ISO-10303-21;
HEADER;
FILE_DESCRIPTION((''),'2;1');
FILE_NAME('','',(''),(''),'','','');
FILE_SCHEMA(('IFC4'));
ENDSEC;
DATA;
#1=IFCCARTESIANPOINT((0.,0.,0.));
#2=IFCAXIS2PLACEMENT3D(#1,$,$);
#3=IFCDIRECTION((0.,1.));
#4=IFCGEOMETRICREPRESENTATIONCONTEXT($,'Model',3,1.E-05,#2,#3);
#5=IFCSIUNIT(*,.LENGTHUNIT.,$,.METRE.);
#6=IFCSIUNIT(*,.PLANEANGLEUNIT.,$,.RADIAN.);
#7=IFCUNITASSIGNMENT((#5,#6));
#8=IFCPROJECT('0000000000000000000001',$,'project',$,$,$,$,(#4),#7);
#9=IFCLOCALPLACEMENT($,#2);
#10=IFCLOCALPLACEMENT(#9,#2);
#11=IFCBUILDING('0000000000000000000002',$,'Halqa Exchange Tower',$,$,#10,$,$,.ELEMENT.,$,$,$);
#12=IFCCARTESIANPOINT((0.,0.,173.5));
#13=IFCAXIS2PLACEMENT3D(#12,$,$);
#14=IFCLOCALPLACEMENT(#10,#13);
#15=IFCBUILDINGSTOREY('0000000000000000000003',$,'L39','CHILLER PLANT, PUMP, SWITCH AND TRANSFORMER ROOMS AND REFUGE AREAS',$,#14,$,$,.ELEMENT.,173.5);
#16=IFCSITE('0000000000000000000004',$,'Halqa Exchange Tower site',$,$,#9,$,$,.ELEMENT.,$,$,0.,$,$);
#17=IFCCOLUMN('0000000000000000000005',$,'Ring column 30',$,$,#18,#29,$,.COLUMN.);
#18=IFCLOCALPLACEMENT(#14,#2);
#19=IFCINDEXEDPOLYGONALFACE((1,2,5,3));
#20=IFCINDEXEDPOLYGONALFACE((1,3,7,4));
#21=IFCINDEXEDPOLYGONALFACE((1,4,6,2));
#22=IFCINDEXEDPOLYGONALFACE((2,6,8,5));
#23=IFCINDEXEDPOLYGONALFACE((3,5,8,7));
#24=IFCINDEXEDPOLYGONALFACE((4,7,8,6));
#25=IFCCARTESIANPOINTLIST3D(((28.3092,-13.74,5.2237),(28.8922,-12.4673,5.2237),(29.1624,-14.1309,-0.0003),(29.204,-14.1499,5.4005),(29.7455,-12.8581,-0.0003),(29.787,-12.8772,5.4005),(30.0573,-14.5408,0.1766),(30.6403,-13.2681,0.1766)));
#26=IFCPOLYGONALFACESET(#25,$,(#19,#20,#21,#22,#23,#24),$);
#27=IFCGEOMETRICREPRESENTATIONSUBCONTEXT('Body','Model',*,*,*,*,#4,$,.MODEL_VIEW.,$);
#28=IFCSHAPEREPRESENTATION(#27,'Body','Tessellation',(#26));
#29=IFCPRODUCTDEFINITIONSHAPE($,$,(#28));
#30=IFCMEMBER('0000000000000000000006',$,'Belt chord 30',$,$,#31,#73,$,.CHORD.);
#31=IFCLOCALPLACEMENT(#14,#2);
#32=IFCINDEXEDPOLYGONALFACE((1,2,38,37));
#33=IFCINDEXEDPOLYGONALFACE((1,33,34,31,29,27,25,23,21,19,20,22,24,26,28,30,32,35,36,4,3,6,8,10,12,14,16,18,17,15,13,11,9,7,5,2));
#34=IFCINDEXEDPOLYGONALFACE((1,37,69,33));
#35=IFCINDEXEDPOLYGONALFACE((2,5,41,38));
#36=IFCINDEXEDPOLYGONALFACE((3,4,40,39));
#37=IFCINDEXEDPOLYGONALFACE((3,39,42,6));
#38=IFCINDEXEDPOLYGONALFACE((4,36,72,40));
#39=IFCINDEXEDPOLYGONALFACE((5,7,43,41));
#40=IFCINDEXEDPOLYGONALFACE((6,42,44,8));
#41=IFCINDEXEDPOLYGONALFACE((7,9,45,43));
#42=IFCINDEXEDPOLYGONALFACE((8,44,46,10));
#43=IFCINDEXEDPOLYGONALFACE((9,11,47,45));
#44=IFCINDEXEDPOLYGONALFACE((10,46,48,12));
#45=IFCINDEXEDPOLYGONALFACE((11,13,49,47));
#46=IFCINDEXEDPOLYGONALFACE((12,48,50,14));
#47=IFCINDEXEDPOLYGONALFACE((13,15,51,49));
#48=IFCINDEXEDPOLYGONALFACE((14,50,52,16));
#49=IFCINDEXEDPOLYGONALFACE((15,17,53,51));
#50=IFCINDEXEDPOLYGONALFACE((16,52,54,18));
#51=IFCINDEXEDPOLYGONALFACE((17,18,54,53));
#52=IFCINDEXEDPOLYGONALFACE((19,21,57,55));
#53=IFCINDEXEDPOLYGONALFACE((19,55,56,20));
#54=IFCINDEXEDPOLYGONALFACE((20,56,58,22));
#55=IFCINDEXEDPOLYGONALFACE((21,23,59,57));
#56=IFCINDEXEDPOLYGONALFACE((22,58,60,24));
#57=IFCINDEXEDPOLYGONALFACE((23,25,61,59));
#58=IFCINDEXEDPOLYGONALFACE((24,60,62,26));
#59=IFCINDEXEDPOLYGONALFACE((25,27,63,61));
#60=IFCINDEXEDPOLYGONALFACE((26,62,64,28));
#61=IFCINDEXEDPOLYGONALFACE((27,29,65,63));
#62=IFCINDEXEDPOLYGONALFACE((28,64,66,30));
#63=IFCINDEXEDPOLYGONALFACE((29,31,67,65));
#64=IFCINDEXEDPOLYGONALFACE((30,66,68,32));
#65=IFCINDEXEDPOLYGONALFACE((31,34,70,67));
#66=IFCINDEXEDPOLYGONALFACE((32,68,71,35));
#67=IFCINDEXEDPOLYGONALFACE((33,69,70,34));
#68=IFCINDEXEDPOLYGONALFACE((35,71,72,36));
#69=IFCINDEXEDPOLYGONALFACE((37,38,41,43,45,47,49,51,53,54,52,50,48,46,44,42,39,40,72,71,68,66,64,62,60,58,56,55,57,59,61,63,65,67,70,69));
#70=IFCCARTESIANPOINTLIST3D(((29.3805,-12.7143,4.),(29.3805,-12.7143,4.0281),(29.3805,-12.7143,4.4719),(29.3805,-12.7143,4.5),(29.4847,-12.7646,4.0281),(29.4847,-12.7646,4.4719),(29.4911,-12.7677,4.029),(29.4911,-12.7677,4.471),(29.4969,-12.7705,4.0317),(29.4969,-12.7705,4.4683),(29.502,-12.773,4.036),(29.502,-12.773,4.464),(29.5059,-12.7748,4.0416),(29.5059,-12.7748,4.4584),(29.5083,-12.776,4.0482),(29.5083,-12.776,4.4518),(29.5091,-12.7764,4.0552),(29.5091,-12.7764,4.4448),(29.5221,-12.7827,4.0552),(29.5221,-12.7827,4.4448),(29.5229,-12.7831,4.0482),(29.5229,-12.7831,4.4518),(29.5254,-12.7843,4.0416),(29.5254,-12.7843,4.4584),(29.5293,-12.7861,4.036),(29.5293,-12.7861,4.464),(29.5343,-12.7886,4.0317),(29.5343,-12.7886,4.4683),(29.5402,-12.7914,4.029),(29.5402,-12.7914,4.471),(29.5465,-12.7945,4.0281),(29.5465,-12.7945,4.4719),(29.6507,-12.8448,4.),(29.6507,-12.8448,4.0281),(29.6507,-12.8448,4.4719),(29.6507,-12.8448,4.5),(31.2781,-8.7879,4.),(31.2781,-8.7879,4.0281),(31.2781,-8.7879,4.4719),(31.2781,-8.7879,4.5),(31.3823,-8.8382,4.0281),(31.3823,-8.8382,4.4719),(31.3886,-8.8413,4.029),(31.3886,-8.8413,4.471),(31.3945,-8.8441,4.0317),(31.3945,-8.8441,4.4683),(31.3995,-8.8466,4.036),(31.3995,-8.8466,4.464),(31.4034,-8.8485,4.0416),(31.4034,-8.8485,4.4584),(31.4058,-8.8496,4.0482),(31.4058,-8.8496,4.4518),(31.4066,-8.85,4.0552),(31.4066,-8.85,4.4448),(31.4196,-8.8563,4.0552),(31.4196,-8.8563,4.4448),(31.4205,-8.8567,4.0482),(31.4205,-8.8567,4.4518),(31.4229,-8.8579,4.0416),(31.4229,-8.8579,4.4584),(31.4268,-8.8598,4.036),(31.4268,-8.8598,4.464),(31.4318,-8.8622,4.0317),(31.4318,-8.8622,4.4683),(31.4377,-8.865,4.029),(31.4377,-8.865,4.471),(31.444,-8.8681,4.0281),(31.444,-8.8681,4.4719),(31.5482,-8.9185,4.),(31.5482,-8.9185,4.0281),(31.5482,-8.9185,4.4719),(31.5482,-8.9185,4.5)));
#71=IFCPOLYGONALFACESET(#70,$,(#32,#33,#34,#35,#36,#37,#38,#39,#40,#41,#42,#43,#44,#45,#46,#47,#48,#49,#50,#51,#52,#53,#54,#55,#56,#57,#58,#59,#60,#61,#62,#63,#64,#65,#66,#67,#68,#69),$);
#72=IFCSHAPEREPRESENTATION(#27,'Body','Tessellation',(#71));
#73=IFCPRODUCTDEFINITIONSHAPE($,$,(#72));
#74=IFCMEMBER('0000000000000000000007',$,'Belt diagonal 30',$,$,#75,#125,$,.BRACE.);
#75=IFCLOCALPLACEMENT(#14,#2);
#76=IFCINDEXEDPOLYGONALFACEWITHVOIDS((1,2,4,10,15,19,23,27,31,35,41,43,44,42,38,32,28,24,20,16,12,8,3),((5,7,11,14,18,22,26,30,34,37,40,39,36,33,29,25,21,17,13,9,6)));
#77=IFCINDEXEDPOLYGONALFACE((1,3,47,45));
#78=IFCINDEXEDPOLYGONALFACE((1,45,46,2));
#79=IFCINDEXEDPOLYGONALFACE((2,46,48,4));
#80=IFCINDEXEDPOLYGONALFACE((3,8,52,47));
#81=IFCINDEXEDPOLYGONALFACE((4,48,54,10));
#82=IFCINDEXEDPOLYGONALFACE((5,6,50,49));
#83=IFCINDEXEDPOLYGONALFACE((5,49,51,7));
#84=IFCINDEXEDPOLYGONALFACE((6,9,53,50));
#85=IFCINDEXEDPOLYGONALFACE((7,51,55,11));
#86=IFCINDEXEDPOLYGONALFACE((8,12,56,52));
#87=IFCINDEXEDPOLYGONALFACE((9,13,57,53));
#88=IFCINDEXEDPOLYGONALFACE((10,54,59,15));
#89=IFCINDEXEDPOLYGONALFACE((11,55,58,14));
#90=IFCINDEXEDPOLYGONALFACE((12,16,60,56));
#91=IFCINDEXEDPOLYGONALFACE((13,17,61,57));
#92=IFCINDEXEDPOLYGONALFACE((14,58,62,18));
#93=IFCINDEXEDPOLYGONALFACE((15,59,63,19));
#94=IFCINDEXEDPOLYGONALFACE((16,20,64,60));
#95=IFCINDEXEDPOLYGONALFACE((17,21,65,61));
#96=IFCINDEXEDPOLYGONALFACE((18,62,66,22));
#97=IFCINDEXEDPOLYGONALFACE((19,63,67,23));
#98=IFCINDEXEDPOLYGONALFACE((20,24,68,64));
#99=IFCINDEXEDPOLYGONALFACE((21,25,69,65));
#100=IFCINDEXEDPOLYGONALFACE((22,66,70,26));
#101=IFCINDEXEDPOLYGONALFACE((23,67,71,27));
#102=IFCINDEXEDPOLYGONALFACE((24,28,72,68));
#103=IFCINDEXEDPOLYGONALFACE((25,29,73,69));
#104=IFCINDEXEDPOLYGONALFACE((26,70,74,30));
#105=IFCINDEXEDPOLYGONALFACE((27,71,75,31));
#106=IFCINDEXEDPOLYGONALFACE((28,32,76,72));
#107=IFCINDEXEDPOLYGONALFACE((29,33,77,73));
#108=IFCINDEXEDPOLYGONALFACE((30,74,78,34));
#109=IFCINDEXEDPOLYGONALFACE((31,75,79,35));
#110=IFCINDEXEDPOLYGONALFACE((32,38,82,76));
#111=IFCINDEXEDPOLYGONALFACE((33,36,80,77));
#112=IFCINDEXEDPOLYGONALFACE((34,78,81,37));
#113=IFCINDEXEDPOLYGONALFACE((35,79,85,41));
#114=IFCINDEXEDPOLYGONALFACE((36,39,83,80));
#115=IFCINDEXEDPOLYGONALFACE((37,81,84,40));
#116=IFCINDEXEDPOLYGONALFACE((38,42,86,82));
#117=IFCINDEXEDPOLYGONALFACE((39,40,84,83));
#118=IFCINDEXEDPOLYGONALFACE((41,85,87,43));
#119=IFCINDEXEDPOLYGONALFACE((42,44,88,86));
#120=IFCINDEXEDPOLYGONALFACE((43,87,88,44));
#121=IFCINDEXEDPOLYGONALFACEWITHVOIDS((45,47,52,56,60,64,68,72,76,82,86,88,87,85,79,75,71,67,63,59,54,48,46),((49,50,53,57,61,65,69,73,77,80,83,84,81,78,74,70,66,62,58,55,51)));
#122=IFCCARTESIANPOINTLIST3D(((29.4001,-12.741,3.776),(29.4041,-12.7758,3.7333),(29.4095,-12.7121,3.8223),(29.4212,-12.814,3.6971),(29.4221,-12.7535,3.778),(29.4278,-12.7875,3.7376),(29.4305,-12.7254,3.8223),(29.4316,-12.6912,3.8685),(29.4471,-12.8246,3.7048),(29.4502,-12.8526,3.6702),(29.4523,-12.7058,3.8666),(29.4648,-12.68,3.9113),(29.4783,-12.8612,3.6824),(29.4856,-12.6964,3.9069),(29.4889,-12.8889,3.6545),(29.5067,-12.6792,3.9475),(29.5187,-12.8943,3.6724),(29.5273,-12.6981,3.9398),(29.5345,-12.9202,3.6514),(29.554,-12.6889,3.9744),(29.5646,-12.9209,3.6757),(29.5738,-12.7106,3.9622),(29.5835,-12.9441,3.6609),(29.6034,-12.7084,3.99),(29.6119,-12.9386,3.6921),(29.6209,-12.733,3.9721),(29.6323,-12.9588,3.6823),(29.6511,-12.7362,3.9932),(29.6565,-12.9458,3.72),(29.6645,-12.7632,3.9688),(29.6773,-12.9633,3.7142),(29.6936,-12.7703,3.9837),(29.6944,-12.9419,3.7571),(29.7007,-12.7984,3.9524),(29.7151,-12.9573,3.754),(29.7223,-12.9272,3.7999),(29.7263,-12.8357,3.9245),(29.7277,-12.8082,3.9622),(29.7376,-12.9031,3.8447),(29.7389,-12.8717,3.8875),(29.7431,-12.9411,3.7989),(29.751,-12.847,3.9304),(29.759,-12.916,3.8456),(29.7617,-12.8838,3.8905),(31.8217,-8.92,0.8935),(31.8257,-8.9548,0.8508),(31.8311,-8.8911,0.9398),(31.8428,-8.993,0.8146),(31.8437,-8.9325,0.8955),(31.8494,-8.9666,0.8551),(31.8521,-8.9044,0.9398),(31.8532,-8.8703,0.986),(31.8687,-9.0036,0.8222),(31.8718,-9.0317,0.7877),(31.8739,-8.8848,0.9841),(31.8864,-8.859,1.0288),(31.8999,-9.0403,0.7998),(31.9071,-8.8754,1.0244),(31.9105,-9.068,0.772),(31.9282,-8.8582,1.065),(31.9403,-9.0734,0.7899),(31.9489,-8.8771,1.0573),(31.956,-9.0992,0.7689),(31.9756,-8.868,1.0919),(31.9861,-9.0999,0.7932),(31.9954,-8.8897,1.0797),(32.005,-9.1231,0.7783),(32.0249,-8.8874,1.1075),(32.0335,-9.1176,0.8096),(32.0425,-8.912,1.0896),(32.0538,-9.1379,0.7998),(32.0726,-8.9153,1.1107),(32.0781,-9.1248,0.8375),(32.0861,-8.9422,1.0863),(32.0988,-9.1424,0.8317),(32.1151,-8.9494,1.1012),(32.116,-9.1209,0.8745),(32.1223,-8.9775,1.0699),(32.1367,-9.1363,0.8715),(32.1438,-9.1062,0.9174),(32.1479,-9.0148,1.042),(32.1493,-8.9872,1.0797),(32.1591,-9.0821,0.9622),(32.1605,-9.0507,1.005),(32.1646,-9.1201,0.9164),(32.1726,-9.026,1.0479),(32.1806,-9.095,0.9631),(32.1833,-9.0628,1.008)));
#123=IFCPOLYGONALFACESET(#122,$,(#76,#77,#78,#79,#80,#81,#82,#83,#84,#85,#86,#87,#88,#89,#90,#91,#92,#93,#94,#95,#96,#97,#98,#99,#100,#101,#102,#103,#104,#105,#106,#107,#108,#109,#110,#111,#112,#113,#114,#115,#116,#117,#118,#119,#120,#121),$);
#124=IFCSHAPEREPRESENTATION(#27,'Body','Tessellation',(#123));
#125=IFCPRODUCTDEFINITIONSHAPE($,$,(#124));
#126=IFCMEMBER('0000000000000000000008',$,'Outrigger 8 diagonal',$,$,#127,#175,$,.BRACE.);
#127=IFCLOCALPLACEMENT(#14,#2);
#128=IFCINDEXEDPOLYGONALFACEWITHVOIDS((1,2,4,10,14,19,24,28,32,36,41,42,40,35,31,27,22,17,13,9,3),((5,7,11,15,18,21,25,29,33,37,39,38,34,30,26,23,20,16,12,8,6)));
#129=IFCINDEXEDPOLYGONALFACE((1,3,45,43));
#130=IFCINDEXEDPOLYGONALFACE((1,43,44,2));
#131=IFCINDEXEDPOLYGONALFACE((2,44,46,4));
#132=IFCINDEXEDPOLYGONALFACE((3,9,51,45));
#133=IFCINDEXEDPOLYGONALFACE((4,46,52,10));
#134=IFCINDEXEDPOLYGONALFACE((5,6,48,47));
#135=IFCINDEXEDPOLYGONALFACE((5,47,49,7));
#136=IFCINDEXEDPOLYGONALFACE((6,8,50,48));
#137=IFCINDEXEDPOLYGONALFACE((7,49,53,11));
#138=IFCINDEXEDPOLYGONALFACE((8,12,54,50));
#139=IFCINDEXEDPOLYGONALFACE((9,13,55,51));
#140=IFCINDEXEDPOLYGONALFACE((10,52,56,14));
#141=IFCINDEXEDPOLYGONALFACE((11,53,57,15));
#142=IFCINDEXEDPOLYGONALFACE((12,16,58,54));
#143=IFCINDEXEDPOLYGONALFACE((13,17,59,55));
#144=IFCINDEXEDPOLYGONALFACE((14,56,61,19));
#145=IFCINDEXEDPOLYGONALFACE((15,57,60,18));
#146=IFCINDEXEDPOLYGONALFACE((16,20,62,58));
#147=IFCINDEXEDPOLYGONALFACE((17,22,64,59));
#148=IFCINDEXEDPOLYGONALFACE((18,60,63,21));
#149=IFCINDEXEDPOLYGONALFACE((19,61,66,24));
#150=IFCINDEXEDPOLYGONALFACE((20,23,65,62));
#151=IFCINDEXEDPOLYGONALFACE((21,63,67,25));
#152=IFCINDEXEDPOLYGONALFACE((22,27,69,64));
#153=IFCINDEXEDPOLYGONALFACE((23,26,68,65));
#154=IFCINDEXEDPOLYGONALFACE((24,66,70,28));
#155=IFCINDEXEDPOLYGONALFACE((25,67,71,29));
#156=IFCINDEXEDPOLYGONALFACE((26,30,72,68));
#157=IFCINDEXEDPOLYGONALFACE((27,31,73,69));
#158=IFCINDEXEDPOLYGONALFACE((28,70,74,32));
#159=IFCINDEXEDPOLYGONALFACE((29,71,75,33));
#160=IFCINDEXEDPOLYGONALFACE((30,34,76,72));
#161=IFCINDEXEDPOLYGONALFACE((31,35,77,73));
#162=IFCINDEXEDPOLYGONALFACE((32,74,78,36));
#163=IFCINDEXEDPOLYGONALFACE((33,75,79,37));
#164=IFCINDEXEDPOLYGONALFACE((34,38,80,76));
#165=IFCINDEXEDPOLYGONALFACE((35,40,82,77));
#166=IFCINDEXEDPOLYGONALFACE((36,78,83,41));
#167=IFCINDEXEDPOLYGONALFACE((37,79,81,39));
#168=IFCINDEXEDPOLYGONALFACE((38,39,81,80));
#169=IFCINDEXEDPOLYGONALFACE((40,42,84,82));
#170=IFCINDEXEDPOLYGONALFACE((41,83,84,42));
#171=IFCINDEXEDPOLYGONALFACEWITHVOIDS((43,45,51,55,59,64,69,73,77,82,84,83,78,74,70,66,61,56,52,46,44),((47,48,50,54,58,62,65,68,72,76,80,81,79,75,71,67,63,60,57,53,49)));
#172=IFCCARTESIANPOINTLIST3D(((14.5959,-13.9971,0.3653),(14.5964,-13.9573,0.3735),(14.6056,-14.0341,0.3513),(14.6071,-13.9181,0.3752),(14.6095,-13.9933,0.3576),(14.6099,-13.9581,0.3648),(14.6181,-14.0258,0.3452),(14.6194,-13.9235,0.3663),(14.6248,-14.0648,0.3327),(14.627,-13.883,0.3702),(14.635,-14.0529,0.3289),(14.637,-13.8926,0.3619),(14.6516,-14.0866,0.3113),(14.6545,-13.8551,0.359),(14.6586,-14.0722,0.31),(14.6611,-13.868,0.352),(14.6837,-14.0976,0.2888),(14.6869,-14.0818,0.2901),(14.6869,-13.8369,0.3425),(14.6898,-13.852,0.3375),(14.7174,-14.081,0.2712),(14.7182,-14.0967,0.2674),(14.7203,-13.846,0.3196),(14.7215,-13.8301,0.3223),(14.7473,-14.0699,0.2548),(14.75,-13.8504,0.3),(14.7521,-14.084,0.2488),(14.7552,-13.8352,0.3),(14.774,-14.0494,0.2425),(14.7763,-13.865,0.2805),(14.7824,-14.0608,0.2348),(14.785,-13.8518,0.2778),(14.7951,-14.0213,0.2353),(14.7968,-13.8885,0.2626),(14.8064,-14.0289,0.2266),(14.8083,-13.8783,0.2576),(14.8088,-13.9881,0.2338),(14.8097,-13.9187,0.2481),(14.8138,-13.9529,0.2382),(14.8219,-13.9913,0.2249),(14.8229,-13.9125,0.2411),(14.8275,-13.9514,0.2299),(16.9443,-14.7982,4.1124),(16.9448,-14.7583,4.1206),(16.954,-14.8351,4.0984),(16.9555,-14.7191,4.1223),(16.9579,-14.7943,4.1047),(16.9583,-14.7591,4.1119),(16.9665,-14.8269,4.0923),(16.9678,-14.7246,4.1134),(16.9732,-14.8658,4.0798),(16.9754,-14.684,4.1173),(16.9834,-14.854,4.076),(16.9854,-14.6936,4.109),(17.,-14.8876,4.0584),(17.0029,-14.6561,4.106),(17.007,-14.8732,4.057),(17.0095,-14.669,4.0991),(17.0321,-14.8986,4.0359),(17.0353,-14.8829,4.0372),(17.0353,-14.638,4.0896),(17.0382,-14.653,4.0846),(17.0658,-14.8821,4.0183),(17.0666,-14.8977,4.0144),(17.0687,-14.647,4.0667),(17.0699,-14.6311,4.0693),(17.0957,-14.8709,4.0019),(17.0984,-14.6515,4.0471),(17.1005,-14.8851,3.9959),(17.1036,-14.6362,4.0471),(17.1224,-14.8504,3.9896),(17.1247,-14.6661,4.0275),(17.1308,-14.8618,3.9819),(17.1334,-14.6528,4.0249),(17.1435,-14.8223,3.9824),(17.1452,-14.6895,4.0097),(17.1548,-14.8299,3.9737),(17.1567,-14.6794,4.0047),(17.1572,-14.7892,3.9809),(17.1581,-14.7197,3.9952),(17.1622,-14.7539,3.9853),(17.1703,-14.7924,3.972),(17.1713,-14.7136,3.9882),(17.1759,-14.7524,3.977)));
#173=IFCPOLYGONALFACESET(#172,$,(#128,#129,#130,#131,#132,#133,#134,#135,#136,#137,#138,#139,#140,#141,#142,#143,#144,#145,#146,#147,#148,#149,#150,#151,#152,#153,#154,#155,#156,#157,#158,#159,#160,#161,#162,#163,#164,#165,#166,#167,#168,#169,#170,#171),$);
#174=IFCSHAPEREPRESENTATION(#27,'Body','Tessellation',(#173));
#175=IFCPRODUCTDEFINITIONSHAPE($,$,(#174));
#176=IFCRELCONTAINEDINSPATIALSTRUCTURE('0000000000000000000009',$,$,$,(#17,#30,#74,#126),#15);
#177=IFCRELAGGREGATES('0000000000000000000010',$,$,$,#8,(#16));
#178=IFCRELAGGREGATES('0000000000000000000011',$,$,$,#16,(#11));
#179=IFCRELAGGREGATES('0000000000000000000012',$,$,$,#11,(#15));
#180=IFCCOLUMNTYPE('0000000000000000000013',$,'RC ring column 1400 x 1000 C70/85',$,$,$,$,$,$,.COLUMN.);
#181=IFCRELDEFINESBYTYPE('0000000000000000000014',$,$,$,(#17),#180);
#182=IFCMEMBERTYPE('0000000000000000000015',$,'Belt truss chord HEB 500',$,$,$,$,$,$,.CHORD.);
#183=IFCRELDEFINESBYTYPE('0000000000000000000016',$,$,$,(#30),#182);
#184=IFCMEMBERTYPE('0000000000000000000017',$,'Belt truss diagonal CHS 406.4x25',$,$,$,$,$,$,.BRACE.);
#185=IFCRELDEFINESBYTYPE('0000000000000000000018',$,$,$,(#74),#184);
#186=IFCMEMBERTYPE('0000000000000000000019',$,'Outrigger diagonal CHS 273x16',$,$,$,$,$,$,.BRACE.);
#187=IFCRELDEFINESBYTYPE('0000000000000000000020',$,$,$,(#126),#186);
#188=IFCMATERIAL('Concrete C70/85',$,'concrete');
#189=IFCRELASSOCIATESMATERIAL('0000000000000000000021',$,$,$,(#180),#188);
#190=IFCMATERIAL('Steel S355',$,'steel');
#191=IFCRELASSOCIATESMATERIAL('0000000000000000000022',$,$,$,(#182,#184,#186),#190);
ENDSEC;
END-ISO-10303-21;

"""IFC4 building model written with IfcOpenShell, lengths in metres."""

from ifc_helpers import new_model, si_unit, direction, frame, origin, origin_2d, place, context, subcontext, project, spatial, rectangle, hollow_circle, i_section, extrude, material, material_profile, profile_set, type_object, element, save


model = new_model("IFC4")

# Units and contexts
model_context = context("Model", 3, precision=1e-05, world=origin(), true_north=direction((0.0, 1.0)))
body_context = subcontext(model_context, "Body", "Model", "MODEL_VIEW")
ifc_project = project(units=[si_unit("LENGTHUNIT", "METRE"), si_unit("PLANEANGLEUNIT", "RADIAN")], contexts=[model_context])

# Site, building, storey
site_placement = place(None, origin())
site = spatial("IfcSite", under=ifc_project, at=site_placement, Name="Halqa Exchange Tower site", CompositionType="ELEMENT", RefElevation=0.0)
building_placement = place(site_placement, origin())
building = spatial("IfcBuilding", under=site, at=building_placement, Name="Halqa Exchange Tower", CompositionType="ELEMENT")
storey_placement = place(building_placement, frame((0.0, 0.0, 173.5)))
storey = spatial("IfcBuildingStorey", under=building, at=storey_placement, Name="L39", Description="CHILLER PLANT, PUMP, SWITCH AND TRANSFORMER ROOMS AND REFUGE AREAS", CompositionType="ELEMENT", Elevation=173.5)

# Column
ifc_material_1 = material(Name="Concrete C70/85", Category="concrete")
ifc_material_profile_1 = material_profile(ifc_material_1, rectangle(XDim=1.3999, YDim=1.0, at=origin_2d()), Name="1400 x 1000")
ifc_profile_set_1 = profile_set([ifc_material_profile_1], Name="Concrete C70/85")
column_type = type_object("IfcColumnType", Name="RC ring column 1400 x 1000 C70/85", PredefinedType="COLUMN", material=ifc_profile_set_1)
column_placement = place(storey_placement, frame((29.9014, -13.6995, 0.0881), z_axis=(-0.160767, 0.073644, 0.984241), x_axis=(-0.416467, -0.909151, 0.0)))
element("IfcColumn", 1, at=column_placement, inside=storey, type_object=column_type, Name="Ring column 30", PredefinedType="COLUMN", context=body_context, shape_type="SweptSolid", body=[
    extrude(rectangle(XDim=1.3999, YDim=1.0, at=origin_2d()), origin(), (0.0, 0.0, 1.0), 5.3076),
])

# Members
ifc_material_2 = material(Name="Steel S355", Category="steel")
ifc_material_profile_2 = material_profile(ifc_material_2, i_section(OverallWidth=0.3, OverallDepth=0.5, WebThickness=0.0144, FlangeThickness=0.0281, FilletRadius=0.0271, at=origin_2d()), Name="HEB 500")
ifc_profile_set_2 = profile_set([ifc_material_profile_2], Name="Steel S355")
member_type_1 = type_object("IfcMemberType", Name="Belt truss chord HEB 500", PredefinedType="CHORD", material=ifc_profile_set_2)
member_1_placement = place(storey_placement, frame((29.5156, -12.7795, 4.25), z_axis=(0.435125, 0.90037, 0.0), x_axis=(-0.90037, 0.435125, 0.0)))
element("IfcMember", 2, at=member_1_placement, inside=storey, type_object=member_type_1, Name="Belt chord 30", PredefinedType="CHORD", context=body_context, shape_type="SweptSolid", body=[
    extrude(i_section(OverallWidth=0.3, OverallDepth=0.5, WebThickness=0.0144, FlangeThickness=0.0281, FilletRadius=0.0271, at=origin_2d()), origin(), (0.0, 0.0, 1.0), 4.3608),
])
ifc_material_profile_3 = material_profile(ifc_material_2, hollow_circle(Radius=0.2031, WallThickness=0.0249, at=origin_2d()), Name="CHS 406.4x25")
ifc_profile_set_3 = profile_set([ifc_material_profile_3], Name="Steel S355")
member_type_2 = type_object("IfcMemberType", Name="Belt truss diagonal CHS 406.4x25", PredefinedType="BRACE", material=ifc_profile_set_3)
member_2_placement = place(storey_placement, frame((29.5811, -12.8208, 3.8223), z_axis=(0.451449, 0.712333, -0.537379), x_axis=(-0.844656, 0.53531, 0.0)))
element("IfcMember", 3, at=member_2_placement, inside=storey, type_object=member_type_2, Name="Belt diagonal 30", PredefinedType="BRACE", context=body_context, shape_type="SweptSolid", body=[
    extrude(hollow_circle(Radius=0.2031, WallThickness=0.0249, at=origin_2d()), origin(), (0.0, 0.0, 1.0), 5.364),
])
ifc_material_profile_4 = material_profile(ifc_material_2, hollow_circle(Radius=0.1365, WallThickness=0.0161, at=origin_2d()), Name="CHS 273x16")
ifc_profile_set_4 = profile_set([ifc_material_profile_4], Name="Steel S355")
member_type_3 = type_object("IfcMemberType", Name="Outrigger diagonal CHS 273x16", PredefinedType="BRACE", material=ifc_profile_set_4)
member_3_placement = place(storey_placement, frame((14.7112, -13.9644, 0.3), z_axis=(0.522547, -0.178239, 0.833772), x_axis=(0.322832, 0.946456, 0.0)))
element("IfcMember", 4, at=member_3_placement, inside=storey, type_object=member_type_3, Name="Outrigger 8 diagonal", PredefinedType="BRACE", context=body_context, shape_type="SweptSolid", body=[
    extrude(hollow_circle(Radius=0.1365, WallThickness=0.0161, at=origin_2d()), origin(), (0.0, 0.0, 1.0), 4.4941),
])

save(model, "model.ifc")
